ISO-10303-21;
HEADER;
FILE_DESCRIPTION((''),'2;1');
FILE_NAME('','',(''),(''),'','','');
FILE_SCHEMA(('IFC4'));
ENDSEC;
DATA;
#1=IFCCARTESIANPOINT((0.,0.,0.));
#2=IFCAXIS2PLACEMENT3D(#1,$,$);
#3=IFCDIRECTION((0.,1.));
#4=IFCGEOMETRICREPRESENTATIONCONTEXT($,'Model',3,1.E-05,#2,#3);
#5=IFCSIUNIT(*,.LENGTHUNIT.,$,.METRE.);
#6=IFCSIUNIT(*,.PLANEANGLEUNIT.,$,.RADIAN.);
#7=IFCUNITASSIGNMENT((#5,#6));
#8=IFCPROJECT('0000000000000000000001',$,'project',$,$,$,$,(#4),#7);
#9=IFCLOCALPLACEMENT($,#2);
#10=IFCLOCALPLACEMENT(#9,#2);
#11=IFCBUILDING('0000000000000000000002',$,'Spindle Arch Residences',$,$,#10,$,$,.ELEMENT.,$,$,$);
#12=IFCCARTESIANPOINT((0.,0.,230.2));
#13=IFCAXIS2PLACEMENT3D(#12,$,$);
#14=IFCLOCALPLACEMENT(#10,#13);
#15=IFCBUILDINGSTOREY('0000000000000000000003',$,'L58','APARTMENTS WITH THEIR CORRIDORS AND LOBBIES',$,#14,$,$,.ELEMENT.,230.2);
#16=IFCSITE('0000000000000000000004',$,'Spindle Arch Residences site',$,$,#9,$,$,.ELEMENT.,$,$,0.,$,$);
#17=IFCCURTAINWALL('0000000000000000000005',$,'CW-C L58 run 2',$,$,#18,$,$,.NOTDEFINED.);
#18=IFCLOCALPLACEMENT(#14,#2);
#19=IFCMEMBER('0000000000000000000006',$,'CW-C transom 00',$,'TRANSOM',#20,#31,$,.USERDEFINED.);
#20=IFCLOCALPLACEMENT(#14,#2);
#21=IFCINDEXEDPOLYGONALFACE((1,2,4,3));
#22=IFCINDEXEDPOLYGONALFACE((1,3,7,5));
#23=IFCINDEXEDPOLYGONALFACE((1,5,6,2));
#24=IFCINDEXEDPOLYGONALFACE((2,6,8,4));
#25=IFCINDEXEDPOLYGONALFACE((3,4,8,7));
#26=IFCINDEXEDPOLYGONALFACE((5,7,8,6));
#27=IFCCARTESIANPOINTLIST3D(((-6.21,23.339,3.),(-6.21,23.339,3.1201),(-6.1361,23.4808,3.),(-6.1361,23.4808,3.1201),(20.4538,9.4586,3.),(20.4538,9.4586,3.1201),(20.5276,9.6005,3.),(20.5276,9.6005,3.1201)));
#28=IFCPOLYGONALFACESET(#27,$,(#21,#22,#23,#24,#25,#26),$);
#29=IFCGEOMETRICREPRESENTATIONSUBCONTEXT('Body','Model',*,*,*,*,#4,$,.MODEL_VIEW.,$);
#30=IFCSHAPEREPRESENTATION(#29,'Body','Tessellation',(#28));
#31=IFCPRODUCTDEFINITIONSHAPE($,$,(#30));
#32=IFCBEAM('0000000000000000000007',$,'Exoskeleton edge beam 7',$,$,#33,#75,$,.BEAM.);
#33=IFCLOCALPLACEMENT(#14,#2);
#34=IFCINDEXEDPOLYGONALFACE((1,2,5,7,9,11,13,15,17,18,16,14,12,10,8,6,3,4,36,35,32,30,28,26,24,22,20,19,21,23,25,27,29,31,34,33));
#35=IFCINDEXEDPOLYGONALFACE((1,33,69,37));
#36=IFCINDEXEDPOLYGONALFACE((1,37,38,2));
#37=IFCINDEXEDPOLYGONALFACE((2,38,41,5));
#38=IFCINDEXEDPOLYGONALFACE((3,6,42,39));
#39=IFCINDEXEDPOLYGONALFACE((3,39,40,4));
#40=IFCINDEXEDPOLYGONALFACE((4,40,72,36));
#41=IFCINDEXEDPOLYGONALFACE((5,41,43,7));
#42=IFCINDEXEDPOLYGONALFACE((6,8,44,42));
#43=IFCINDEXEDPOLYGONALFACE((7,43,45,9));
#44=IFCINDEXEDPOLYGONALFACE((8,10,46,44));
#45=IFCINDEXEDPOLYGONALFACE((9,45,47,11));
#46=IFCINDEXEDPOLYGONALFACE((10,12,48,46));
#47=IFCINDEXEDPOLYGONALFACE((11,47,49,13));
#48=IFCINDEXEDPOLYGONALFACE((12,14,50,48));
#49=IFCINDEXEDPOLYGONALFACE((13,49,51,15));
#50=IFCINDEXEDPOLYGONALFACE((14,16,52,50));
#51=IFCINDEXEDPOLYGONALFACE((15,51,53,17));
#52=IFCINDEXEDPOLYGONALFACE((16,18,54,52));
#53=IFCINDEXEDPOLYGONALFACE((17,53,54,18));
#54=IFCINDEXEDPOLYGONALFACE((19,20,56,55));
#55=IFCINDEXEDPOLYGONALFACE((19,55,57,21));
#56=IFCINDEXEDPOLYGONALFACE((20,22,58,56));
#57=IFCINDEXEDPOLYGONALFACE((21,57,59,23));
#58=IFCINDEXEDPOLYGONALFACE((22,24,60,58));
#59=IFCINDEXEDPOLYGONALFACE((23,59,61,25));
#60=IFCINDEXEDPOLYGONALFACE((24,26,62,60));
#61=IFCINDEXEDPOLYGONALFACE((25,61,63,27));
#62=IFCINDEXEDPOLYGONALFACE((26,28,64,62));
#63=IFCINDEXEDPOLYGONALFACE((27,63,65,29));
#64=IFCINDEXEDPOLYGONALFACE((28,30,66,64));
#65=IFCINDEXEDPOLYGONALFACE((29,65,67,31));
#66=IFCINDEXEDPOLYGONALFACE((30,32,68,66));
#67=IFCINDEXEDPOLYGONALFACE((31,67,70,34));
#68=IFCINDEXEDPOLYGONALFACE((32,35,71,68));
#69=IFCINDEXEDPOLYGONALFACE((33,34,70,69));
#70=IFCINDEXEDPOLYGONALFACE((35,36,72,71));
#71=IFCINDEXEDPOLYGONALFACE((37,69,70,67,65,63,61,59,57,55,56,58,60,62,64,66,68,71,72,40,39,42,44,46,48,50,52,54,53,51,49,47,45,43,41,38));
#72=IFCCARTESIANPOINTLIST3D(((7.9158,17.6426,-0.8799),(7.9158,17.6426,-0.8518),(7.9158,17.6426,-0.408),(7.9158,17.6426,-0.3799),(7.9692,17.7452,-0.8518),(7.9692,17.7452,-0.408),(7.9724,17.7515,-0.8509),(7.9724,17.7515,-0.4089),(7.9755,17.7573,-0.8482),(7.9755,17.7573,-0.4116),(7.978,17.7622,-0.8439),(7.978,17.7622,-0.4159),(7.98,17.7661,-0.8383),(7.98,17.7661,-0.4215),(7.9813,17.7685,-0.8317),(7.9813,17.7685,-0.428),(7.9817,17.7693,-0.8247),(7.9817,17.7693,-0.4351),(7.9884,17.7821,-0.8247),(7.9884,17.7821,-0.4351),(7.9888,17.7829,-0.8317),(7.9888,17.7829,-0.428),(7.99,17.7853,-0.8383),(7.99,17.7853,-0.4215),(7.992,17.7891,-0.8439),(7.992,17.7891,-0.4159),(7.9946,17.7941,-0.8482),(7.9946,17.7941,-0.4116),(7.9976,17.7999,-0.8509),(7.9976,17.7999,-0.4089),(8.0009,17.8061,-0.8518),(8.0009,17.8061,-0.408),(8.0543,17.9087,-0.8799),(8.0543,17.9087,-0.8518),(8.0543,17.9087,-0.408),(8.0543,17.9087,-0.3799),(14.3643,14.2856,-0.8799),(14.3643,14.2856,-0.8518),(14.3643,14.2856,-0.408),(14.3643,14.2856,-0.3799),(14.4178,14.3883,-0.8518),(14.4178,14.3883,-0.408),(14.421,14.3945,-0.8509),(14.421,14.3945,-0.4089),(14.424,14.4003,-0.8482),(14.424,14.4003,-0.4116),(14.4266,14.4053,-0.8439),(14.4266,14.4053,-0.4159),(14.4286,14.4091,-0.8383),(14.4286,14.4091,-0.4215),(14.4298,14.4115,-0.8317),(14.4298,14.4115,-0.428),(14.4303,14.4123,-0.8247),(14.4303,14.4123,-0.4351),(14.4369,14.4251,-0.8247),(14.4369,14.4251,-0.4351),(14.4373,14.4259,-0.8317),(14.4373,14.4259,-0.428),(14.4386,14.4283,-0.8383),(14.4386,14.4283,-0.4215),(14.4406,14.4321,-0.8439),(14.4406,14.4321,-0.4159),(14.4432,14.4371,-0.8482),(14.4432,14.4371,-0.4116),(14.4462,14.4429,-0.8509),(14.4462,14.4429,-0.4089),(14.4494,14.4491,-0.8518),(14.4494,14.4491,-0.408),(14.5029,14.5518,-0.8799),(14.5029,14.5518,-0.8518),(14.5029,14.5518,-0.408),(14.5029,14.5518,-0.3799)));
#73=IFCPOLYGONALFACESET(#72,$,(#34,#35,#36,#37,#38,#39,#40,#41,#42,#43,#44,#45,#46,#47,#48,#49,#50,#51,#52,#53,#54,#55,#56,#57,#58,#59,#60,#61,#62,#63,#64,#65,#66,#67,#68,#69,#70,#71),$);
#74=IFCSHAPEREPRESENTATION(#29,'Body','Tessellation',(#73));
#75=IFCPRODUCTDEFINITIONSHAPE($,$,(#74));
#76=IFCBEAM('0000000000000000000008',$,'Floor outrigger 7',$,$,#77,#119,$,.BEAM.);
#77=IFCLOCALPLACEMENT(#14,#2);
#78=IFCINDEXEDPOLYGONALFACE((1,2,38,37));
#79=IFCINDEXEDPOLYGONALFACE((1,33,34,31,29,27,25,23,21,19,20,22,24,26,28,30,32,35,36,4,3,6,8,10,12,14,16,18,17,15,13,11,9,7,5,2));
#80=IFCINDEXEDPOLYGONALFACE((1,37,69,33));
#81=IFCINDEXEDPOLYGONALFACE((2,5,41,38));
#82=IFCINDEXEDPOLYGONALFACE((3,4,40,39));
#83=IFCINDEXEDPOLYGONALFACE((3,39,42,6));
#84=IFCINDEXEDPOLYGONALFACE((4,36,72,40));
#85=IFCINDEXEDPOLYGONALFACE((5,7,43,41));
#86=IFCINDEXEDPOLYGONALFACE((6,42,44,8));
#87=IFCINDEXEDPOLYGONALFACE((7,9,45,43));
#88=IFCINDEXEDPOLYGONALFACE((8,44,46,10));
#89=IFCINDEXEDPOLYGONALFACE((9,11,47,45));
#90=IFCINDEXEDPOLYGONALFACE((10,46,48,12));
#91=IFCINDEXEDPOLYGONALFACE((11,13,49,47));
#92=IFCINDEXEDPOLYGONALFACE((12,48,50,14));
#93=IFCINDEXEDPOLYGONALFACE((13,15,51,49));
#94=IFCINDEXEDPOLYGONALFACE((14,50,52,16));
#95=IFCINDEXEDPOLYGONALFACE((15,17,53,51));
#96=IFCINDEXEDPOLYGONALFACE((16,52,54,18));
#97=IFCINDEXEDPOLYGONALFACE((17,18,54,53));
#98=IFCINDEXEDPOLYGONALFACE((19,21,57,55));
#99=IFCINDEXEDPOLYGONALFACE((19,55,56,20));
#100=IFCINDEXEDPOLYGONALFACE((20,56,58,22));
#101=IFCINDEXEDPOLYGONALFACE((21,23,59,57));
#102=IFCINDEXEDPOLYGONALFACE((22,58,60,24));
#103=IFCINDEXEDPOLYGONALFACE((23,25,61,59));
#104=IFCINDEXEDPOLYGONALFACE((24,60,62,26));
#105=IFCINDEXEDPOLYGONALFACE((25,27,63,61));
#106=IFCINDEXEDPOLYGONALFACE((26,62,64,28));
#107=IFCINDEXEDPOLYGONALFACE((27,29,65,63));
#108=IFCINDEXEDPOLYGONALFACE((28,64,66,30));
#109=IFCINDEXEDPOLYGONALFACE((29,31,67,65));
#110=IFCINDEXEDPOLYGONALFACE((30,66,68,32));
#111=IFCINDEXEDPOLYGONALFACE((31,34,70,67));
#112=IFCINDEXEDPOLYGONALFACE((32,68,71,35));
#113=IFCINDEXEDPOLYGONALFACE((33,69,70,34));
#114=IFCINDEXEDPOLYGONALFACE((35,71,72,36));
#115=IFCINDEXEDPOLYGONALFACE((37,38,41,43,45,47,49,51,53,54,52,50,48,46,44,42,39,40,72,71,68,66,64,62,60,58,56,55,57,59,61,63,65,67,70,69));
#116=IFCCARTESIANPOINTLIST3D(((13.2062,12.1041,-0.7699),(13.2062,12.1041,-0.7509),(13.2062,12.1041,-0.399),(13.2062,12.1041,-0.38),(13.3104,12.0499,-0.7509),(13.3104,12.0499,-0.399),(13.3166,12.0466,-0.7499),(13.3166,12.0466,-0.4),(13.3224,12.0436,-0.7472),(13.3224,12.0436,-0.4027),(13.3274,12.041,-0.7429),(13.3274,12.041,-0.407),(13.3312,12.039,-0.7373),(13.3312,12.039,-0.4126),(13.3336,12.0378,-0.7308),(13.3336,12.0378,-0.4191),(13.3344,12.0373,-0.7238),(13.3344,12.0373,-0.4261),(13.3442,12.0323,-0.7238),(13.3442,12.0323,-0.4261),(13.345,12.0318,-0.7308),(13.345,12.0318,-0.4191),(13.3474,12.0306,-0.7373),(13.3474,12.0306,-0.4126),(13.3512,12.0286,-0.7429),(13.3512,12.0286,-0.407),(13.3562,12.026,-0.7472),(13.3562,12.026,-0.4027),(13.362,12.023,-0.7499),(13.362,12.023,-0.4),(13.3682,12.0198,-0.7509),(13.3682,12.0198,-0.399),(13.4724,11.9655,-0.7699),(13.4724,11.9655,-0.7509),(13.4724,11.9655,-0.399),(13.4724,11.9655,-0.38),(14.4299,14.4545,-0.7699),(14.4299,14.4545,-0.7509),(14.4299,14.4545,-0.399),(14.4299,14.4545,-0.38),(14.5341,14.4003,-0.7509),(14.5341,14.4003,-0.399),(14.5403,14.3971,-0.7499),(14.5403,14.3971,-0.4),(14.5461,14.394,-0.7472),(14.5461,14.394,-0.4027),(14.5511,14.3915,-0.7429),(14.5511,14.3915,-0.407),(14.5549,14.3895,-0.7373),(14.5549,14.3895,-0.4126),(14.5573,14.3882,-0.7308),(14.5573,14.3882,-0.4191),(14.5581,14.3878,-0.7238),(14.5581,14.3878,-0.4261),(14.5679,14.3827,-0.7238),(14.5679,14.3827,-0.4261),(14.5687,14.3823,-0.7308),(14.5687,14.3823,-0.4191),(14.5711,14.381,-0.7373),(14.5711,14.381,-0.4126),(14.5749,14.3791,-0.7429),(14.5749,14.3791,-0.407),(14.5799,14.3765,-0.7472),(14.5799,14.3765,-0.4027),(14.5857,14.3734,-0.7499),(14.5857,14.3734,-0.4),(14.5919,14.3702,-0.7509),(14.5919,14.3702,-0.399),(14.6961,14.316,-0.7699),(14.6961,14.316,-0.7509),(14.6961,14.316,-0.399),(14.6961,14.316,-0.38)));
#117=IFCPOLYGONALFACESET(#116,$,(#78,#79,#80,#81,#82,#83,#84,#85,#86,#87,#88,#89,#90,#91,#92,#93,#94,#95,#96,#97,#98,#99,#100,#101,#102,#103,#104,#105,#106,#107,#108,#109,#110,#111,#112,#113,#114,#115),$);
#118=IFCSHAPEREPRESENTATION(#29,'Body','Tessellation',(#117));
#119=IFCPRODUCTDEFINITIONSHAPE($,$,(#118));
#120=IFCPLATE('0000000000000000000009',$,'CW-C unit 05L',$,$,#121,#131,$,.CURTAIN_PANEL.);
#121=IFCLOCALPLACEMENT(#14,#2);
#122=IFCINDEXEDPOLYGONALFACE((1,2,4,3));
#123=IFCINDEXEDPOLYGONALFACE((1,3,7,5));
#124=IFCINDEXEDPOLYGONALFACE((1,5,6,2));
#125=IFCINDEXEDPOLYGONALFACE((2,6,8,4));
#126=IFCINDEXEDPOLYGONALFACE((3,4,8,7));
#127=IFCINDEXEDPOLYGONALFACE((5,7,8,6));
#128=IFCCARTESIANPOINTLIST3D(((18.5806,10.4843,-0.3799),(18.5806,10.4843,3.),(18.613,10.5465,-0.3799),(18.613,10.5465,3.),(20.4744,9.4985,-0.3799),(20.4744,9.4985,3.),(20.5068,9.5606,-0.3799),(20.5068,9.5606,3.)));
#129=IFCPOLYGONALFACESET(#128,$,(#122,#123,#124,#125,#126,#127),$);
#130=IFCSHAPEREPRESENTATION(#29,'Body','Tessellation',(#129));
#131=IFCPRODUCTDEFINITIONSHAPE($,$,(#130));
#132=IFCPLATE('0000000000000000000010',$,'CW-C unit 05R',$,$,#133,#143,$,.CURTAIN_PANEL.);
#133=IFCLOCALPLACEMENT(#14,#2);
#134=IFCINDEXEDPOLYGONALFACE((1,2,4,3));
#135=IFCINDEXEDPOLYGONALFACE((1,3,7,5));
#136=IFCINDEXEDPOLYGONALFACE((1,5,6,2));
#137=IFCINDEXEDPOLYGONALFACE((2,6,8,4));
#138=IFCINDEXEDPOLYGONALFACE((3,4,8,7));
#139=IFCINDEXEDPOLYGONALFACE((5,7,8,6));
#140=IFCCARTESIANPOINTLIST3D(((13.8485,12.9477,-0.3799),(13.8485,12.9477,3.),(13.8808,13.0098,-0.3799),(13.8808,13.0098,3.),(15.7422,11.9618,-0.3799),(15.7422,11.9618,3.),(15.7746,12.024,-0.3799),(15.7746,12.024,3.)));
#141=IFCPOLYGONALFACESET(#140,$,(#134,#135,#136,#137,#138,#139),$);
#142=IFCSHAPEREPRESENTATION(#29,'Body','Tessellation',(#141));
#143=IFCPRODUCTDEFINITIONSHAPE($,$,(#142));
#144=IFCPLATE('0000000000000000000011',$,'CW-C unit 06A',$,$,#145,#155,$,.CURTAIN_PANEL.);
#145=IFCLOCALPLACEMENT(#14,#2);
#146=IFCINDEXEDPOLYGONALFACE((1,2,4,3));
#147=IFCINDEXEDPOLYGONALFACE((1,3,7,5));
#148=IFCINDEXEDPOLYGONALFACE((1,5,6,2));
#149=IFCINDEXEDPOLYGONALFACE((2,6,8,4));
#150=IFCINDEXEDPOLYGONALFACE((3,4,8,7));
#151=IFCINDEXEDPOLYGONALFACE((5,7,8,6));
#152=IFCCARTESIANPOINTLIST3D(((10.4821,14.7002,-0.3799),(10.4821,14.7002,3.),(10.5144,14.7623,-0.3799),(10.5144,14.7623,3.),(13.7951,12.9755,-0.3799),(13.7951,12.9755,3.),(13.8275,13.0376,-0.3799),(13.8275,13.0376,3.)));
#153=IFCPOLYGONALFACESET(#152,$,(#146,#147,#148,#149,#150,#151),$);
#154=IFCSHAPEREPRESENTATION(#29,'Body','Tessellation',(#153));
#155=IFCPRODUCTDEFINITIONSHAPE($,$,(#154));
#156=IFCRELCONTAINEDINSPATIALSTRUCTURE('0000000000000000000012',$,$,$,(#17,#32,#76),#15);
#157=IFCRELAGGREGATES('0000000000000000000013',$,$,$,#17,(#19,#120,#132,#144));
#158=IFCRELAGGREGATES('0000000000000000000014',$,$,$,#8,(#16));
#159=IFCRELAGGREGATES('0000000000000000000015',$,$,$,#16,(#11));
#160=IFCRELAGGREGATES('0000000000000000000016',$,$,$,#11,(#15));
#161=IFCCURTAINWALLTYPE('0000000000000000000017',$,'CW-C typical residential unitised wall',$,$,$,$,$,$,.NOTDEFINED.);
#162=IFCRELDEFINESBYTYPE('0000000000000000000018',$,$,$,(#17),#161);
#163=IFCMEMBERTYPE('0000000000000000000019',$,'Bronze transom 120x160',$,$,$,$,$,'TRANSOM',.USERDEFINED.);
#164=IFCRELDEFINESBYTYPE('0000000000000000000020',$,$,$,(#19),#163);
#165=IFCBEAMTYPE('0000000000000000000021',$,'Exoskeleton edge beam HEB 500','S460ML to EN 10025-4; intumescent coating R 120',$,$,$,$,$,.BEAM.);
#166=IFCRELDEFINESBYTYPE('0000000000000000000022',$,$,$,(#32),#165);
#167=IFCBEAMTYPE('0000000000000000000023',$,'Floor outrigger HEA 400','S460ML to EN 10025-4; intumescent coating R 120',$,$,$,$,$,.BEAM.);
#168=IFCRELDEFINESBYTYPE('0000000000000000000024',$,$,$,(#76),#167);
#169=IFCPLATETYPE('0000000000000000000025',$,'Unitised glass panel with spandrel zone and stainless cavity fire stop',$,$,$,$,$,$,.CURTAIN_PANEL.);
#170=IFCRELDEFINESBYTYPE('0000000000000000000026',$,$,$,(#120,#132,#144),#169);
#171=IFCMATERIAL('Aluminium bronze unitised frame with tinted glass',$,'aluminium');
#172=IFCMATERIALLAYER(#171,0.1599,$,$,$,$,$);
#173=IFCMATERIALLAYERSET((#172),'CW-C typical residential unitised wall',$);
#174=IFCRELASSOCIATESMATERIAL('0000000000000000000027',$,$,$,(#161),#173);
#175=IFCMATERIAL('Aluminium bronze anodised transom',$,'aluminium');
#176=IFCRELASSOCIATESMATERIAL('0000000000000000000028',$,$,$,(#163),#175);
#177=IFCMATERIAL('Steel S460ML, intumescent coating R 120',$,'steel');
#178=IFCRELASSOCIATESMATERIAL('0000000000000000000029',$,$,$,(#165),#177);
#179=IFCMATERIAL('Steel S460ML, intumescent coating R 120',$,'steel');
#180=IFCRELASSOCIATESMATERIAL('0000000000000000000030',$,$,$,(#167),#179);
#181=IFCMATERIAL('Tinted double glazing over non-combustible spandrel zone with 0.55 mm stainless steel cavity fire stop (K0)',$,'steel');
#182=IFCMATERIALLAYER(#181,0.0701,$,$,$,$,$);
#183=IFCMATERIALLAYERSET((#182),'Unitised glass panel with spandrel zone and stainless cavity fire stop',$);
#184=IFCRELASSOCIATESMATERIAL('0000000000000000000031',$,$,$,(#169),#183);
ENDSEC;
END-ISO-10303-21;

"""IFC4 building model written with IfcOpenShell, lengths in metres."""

from ifc_helpers import new_model, si_unit, direction, frame, origin, origin_2d, place, context, subcontext, project, spatial, rectangle, i_section, extrude, material, layer, layer_set, material_profile, profile_set, type_object, element, aggregate, save


model = new_model("IFC4")

# Units and contexts
model_context = context("Model", 3, precision=1e-05, world=origin(), true_north=direction((0.0, 1.0)))
body_context = subcontext(model_context, "Body", "Model", "MODEL_VIEW")
ifc_project = project(units=[si_unit("LENGTHUNIT", "METRE"), si_unit("PLANEANGLEUNIT", "RADIAN")], contexts=[model_context])

# Site, building, storey
site_placement = place(None, origin())
site = spatial("IfcSite", under=ifc_project, at=site_placement, Name="Spindle Arch Residences site", CompositionType="ELEMENT", RefElevation=0.0)
building_placement = place(site_placement, origin())
building = spatial("IfcBuilding", under=site, at=building_placement, Name="Spindle Arch Residences", CompositionType="ELEMENT")
storey_placement = place(building_placement, frame((0.0, 0.0, 230.2)))
storey = spatial("IfcBuildingStorey", under=building, at=storey_placement, Name="L58", Description="APARTMENTS WITH THEIR CORRIDORS AND LOBBIES", CompositionType="ELEMENT", Elevation=230.2)

# Curtain wall, member
ifc_material_1 = material(Name="Aluminium bronze unitised frame with tinted glass", Category="aluminium")
ifc_layer_1 = layer(ifc_material_1, 0.1599)
ifc_layer_set_1 = layer_set([ifc_layer_1], Name="CW-C typical residential unitised wall")
curtain_wall_type = type_object("IfcCurtainWallType", Name="CW-C typical residential unitised wall", PredefinedType="NOTDEFINED", material=ifc_layer_set_1)
curtain_wall_placement = place(storey_placement, origin())
curtain_wall = element("IfcCurtainWall", 1, at=curtain_wall_placement, inside=storey, type_object=curtain_wall_type, Name="CW-C L58 run 2", PredefinedType="NOTDEFINED")
ifc_material_2 = material(Name="Aluminium bronze anodised transom", Category="aluminium")
ifc_material_profile_1 = material_profile(ifc_material_2, rectangle(XDim=0.1599, YDim=0.1201, at=origin_2d()), Name="TR 120x160")
ifc_profile_set_1 = profile_set([ifc_material_profile_1], Name="Aluminium bronze anodised transom")
member_type_1 = type_object("IfcMemberType", Name="Bronze transom 120x160", ElementType="TRANSOM", PredefinedType="USERDEFINED", material=ifc_profile_set_1)
member_1_placement = place(storey_placement, frame((20.4907, 9.5295, 3.0601), z_axis=(-0.88701, 0.46175, 0.0), x_axis=(-0.46175, -0.88701, 0.0)))
member_1 = element("IfcMember", 2, at=member_1_placement, type_object=member_type_1, Name="CW-C transom 00", ObjectType="TRANSOM", PredefinedType="USERDEFINED", context=body_context, shape_type="SweptSolid", body=[
    extrude(rectangle(XDim=0.1599, YDim=0.1201, at=origin_2d()), origin(), (0.0, 0.0, 1.0), 30.0603),
])

# Beams
ifc_material_3 = material(Name="Steel S460ML, intumescent coating R 120", Category="steel")
ifc_material_profile_2 = material_profile(ifc_material_3, i_section(OverallWidth=0.3, OverallDepth=0.5, WebThickness=0.0144, FlangeThickness=0.0281, FilletRadius=0.0271, at=origin_2d()), Name="HEB 500")
ifc_profile_set_2 = profile_set([ifc_material_profile_2], Name="Steel S460ML, intumescent coating R 120")
beam_type_1 = type_object("IfcBeamType", Name="Exoskeleton edge beam HEB 500", Description="S460ML to EN 10025-4; intumescent coating R 120", PredefinedType="BEAM", material=ifc_profile_set_2)
beam_1_placement = place(storey_placement, frame((14.4336, 14.4187, -0.6299), z_axis=(-0.887007, 0.461756, 0.0), x_axis=(-0.461756, -0.887007, 0.0)))
element("IfcBeam", 3, at=beam_1_placement, inside=storey, type_object=beam_type_1, Name="Exoskeleton edge beam 7", PredefinedType="BEAM", context=body_context, shape_type="SweptSolid", body=[
    extrude(i_section(OverallWidth=0.3, OverallDepth=0.5, WebThickness=0.0144, FlangeThickness=0.0281, FilletRadius=0.0271, at=origin_2d()), origin(), (0.0, 0.0, 1.0), 7.27),
])
ifc_material_4 = material(Name="Steel S460ML, intumescent coating R 120", Category="steel")
ifc_material_profile_3 = material_profile(ifc_material_4, i_section(OverallWidth=0.3, OverallDepth=0.3899, WebThickness=0.011, FlangeThickness=0.019, FilletRadius=0.0271, at=origin_2d()), Name="HEA 400")
ifc_profile_set_3 = profile_set([ifc_material_profile_3], Name="Steel S460ML, intumescent coating R 120")
beam_type_2 = type_object("IfcBeamType", Name="Floor outrigger HEA 400", Description="S460ML to EN 10025-4; intumescent coating R 120", PredefinedType="BEAM", material=ifc_profile_set_3)
beam_2_placement = place(storey_placement, frame((14.563, 14.3853, -0.575), z_axis=(-0.461785, -0.886992, 0.0), x_axis=(0.886992, -0.461785, 0.0)))
element("IfcBeam", 4, at=beam_2_placement, inside=storey, type_object=beam_type_2, Name="Floor outrigger 7", PredefinedType="BEAM", context=body_context, shape_type="SweptSolid", body=[
    extrude(i_section(OverallWidth=0.3, OverallDepth=0.3899, WebThickness=0.011, FlangeThickness=0.019, FilletRadius=0.0271, at=origin_2d()), origin(), (0.0, 0.0, 1.0), 2.6499),
])

# Plates
ifc_material_5 = material(Name="Tinted double glazing over non-combustible spandrel zone with 0.55 mm stainless steel cavity fire stop (K0)", Category="steel")
ifc_layer_2 = layer(ifc_material_5, 0.0701)
ifc_layer_set_2 = layer_set([ifc_layer_2], Name="Unitised glass panel with spandrel zone and stainless cavity fire stop")
plate_type = type_object("IfcPlateType", Name="Unitised glass panel with spandrel zone and stainless cavity fire stop", PredefinedType="CURTAIN_PANEL", material=ifc_layer_set_2)
plate_1_placement = place(storey_placement, frame((19.5437, 10.0225, -0.3799), z_axis=(0.0, 0.0, 1.0), x_axis=(-0.887011, 0.461749, 0.0)))
plate_1 = element("IfcPlate", 5, at=plate_1_placement, type_object=plate_type, Name="CW-C unit 05L", PredefinedType="CURTAIN_PANEL", context=body_context, shape_type="SweptSolid", body=[
    extrude(rectangle(XDim=2.135, YDim=0.0701, at=origin_2d()), origin(), (0.0, 0.0, 1.0), 3.3799),
])
plate_2_placement = place(storey_placement, frame((14.8115, 12.4858, -0.3799), z_axis=(0.0, 0.0, 1.0), x_axis=(-0.887011, 0.461749, 0.0)))
plate_2 = element("IfcPlate", 6, at=plate_2_placement, type_object=plate_type, Name="CW-C unit 05R", PredefinedType="CURTAIN_PANEL", context=body_context, shape_type="SweptSolid", body=[
    extrude(rectangle(XDim=2.135, YDim=0.0701, at=origin_2d()), origin(), (0.0, 0.0, 1.0), 3.3799),
])
plate_3_placement = place(storey_placement, frame((12.1548, 13.8689, -0.3799), z_axis=(0.0, 0.0, 1.0), x_axis=(-0.887011, 0.461749, 0.0)))
plate_3 = element("IfcPlate", 7, at=plate_3_placement, type_object=plate_type, Name="CW-C unit 06A", PredefinedType="CURTAIN_PANEL", context=body_context, shape_type="SweptSolid", body=[
    extrude(rectangle(XDim=3.7351, YDim=0.0701, at=origin_2d()), origin(), (0.0, 0.0, 1.0), 3.3799),
])
aggregate(curtain_wall, [member_1, plate_1, plate_2, plate_3])

save(model, "model.ifc")
